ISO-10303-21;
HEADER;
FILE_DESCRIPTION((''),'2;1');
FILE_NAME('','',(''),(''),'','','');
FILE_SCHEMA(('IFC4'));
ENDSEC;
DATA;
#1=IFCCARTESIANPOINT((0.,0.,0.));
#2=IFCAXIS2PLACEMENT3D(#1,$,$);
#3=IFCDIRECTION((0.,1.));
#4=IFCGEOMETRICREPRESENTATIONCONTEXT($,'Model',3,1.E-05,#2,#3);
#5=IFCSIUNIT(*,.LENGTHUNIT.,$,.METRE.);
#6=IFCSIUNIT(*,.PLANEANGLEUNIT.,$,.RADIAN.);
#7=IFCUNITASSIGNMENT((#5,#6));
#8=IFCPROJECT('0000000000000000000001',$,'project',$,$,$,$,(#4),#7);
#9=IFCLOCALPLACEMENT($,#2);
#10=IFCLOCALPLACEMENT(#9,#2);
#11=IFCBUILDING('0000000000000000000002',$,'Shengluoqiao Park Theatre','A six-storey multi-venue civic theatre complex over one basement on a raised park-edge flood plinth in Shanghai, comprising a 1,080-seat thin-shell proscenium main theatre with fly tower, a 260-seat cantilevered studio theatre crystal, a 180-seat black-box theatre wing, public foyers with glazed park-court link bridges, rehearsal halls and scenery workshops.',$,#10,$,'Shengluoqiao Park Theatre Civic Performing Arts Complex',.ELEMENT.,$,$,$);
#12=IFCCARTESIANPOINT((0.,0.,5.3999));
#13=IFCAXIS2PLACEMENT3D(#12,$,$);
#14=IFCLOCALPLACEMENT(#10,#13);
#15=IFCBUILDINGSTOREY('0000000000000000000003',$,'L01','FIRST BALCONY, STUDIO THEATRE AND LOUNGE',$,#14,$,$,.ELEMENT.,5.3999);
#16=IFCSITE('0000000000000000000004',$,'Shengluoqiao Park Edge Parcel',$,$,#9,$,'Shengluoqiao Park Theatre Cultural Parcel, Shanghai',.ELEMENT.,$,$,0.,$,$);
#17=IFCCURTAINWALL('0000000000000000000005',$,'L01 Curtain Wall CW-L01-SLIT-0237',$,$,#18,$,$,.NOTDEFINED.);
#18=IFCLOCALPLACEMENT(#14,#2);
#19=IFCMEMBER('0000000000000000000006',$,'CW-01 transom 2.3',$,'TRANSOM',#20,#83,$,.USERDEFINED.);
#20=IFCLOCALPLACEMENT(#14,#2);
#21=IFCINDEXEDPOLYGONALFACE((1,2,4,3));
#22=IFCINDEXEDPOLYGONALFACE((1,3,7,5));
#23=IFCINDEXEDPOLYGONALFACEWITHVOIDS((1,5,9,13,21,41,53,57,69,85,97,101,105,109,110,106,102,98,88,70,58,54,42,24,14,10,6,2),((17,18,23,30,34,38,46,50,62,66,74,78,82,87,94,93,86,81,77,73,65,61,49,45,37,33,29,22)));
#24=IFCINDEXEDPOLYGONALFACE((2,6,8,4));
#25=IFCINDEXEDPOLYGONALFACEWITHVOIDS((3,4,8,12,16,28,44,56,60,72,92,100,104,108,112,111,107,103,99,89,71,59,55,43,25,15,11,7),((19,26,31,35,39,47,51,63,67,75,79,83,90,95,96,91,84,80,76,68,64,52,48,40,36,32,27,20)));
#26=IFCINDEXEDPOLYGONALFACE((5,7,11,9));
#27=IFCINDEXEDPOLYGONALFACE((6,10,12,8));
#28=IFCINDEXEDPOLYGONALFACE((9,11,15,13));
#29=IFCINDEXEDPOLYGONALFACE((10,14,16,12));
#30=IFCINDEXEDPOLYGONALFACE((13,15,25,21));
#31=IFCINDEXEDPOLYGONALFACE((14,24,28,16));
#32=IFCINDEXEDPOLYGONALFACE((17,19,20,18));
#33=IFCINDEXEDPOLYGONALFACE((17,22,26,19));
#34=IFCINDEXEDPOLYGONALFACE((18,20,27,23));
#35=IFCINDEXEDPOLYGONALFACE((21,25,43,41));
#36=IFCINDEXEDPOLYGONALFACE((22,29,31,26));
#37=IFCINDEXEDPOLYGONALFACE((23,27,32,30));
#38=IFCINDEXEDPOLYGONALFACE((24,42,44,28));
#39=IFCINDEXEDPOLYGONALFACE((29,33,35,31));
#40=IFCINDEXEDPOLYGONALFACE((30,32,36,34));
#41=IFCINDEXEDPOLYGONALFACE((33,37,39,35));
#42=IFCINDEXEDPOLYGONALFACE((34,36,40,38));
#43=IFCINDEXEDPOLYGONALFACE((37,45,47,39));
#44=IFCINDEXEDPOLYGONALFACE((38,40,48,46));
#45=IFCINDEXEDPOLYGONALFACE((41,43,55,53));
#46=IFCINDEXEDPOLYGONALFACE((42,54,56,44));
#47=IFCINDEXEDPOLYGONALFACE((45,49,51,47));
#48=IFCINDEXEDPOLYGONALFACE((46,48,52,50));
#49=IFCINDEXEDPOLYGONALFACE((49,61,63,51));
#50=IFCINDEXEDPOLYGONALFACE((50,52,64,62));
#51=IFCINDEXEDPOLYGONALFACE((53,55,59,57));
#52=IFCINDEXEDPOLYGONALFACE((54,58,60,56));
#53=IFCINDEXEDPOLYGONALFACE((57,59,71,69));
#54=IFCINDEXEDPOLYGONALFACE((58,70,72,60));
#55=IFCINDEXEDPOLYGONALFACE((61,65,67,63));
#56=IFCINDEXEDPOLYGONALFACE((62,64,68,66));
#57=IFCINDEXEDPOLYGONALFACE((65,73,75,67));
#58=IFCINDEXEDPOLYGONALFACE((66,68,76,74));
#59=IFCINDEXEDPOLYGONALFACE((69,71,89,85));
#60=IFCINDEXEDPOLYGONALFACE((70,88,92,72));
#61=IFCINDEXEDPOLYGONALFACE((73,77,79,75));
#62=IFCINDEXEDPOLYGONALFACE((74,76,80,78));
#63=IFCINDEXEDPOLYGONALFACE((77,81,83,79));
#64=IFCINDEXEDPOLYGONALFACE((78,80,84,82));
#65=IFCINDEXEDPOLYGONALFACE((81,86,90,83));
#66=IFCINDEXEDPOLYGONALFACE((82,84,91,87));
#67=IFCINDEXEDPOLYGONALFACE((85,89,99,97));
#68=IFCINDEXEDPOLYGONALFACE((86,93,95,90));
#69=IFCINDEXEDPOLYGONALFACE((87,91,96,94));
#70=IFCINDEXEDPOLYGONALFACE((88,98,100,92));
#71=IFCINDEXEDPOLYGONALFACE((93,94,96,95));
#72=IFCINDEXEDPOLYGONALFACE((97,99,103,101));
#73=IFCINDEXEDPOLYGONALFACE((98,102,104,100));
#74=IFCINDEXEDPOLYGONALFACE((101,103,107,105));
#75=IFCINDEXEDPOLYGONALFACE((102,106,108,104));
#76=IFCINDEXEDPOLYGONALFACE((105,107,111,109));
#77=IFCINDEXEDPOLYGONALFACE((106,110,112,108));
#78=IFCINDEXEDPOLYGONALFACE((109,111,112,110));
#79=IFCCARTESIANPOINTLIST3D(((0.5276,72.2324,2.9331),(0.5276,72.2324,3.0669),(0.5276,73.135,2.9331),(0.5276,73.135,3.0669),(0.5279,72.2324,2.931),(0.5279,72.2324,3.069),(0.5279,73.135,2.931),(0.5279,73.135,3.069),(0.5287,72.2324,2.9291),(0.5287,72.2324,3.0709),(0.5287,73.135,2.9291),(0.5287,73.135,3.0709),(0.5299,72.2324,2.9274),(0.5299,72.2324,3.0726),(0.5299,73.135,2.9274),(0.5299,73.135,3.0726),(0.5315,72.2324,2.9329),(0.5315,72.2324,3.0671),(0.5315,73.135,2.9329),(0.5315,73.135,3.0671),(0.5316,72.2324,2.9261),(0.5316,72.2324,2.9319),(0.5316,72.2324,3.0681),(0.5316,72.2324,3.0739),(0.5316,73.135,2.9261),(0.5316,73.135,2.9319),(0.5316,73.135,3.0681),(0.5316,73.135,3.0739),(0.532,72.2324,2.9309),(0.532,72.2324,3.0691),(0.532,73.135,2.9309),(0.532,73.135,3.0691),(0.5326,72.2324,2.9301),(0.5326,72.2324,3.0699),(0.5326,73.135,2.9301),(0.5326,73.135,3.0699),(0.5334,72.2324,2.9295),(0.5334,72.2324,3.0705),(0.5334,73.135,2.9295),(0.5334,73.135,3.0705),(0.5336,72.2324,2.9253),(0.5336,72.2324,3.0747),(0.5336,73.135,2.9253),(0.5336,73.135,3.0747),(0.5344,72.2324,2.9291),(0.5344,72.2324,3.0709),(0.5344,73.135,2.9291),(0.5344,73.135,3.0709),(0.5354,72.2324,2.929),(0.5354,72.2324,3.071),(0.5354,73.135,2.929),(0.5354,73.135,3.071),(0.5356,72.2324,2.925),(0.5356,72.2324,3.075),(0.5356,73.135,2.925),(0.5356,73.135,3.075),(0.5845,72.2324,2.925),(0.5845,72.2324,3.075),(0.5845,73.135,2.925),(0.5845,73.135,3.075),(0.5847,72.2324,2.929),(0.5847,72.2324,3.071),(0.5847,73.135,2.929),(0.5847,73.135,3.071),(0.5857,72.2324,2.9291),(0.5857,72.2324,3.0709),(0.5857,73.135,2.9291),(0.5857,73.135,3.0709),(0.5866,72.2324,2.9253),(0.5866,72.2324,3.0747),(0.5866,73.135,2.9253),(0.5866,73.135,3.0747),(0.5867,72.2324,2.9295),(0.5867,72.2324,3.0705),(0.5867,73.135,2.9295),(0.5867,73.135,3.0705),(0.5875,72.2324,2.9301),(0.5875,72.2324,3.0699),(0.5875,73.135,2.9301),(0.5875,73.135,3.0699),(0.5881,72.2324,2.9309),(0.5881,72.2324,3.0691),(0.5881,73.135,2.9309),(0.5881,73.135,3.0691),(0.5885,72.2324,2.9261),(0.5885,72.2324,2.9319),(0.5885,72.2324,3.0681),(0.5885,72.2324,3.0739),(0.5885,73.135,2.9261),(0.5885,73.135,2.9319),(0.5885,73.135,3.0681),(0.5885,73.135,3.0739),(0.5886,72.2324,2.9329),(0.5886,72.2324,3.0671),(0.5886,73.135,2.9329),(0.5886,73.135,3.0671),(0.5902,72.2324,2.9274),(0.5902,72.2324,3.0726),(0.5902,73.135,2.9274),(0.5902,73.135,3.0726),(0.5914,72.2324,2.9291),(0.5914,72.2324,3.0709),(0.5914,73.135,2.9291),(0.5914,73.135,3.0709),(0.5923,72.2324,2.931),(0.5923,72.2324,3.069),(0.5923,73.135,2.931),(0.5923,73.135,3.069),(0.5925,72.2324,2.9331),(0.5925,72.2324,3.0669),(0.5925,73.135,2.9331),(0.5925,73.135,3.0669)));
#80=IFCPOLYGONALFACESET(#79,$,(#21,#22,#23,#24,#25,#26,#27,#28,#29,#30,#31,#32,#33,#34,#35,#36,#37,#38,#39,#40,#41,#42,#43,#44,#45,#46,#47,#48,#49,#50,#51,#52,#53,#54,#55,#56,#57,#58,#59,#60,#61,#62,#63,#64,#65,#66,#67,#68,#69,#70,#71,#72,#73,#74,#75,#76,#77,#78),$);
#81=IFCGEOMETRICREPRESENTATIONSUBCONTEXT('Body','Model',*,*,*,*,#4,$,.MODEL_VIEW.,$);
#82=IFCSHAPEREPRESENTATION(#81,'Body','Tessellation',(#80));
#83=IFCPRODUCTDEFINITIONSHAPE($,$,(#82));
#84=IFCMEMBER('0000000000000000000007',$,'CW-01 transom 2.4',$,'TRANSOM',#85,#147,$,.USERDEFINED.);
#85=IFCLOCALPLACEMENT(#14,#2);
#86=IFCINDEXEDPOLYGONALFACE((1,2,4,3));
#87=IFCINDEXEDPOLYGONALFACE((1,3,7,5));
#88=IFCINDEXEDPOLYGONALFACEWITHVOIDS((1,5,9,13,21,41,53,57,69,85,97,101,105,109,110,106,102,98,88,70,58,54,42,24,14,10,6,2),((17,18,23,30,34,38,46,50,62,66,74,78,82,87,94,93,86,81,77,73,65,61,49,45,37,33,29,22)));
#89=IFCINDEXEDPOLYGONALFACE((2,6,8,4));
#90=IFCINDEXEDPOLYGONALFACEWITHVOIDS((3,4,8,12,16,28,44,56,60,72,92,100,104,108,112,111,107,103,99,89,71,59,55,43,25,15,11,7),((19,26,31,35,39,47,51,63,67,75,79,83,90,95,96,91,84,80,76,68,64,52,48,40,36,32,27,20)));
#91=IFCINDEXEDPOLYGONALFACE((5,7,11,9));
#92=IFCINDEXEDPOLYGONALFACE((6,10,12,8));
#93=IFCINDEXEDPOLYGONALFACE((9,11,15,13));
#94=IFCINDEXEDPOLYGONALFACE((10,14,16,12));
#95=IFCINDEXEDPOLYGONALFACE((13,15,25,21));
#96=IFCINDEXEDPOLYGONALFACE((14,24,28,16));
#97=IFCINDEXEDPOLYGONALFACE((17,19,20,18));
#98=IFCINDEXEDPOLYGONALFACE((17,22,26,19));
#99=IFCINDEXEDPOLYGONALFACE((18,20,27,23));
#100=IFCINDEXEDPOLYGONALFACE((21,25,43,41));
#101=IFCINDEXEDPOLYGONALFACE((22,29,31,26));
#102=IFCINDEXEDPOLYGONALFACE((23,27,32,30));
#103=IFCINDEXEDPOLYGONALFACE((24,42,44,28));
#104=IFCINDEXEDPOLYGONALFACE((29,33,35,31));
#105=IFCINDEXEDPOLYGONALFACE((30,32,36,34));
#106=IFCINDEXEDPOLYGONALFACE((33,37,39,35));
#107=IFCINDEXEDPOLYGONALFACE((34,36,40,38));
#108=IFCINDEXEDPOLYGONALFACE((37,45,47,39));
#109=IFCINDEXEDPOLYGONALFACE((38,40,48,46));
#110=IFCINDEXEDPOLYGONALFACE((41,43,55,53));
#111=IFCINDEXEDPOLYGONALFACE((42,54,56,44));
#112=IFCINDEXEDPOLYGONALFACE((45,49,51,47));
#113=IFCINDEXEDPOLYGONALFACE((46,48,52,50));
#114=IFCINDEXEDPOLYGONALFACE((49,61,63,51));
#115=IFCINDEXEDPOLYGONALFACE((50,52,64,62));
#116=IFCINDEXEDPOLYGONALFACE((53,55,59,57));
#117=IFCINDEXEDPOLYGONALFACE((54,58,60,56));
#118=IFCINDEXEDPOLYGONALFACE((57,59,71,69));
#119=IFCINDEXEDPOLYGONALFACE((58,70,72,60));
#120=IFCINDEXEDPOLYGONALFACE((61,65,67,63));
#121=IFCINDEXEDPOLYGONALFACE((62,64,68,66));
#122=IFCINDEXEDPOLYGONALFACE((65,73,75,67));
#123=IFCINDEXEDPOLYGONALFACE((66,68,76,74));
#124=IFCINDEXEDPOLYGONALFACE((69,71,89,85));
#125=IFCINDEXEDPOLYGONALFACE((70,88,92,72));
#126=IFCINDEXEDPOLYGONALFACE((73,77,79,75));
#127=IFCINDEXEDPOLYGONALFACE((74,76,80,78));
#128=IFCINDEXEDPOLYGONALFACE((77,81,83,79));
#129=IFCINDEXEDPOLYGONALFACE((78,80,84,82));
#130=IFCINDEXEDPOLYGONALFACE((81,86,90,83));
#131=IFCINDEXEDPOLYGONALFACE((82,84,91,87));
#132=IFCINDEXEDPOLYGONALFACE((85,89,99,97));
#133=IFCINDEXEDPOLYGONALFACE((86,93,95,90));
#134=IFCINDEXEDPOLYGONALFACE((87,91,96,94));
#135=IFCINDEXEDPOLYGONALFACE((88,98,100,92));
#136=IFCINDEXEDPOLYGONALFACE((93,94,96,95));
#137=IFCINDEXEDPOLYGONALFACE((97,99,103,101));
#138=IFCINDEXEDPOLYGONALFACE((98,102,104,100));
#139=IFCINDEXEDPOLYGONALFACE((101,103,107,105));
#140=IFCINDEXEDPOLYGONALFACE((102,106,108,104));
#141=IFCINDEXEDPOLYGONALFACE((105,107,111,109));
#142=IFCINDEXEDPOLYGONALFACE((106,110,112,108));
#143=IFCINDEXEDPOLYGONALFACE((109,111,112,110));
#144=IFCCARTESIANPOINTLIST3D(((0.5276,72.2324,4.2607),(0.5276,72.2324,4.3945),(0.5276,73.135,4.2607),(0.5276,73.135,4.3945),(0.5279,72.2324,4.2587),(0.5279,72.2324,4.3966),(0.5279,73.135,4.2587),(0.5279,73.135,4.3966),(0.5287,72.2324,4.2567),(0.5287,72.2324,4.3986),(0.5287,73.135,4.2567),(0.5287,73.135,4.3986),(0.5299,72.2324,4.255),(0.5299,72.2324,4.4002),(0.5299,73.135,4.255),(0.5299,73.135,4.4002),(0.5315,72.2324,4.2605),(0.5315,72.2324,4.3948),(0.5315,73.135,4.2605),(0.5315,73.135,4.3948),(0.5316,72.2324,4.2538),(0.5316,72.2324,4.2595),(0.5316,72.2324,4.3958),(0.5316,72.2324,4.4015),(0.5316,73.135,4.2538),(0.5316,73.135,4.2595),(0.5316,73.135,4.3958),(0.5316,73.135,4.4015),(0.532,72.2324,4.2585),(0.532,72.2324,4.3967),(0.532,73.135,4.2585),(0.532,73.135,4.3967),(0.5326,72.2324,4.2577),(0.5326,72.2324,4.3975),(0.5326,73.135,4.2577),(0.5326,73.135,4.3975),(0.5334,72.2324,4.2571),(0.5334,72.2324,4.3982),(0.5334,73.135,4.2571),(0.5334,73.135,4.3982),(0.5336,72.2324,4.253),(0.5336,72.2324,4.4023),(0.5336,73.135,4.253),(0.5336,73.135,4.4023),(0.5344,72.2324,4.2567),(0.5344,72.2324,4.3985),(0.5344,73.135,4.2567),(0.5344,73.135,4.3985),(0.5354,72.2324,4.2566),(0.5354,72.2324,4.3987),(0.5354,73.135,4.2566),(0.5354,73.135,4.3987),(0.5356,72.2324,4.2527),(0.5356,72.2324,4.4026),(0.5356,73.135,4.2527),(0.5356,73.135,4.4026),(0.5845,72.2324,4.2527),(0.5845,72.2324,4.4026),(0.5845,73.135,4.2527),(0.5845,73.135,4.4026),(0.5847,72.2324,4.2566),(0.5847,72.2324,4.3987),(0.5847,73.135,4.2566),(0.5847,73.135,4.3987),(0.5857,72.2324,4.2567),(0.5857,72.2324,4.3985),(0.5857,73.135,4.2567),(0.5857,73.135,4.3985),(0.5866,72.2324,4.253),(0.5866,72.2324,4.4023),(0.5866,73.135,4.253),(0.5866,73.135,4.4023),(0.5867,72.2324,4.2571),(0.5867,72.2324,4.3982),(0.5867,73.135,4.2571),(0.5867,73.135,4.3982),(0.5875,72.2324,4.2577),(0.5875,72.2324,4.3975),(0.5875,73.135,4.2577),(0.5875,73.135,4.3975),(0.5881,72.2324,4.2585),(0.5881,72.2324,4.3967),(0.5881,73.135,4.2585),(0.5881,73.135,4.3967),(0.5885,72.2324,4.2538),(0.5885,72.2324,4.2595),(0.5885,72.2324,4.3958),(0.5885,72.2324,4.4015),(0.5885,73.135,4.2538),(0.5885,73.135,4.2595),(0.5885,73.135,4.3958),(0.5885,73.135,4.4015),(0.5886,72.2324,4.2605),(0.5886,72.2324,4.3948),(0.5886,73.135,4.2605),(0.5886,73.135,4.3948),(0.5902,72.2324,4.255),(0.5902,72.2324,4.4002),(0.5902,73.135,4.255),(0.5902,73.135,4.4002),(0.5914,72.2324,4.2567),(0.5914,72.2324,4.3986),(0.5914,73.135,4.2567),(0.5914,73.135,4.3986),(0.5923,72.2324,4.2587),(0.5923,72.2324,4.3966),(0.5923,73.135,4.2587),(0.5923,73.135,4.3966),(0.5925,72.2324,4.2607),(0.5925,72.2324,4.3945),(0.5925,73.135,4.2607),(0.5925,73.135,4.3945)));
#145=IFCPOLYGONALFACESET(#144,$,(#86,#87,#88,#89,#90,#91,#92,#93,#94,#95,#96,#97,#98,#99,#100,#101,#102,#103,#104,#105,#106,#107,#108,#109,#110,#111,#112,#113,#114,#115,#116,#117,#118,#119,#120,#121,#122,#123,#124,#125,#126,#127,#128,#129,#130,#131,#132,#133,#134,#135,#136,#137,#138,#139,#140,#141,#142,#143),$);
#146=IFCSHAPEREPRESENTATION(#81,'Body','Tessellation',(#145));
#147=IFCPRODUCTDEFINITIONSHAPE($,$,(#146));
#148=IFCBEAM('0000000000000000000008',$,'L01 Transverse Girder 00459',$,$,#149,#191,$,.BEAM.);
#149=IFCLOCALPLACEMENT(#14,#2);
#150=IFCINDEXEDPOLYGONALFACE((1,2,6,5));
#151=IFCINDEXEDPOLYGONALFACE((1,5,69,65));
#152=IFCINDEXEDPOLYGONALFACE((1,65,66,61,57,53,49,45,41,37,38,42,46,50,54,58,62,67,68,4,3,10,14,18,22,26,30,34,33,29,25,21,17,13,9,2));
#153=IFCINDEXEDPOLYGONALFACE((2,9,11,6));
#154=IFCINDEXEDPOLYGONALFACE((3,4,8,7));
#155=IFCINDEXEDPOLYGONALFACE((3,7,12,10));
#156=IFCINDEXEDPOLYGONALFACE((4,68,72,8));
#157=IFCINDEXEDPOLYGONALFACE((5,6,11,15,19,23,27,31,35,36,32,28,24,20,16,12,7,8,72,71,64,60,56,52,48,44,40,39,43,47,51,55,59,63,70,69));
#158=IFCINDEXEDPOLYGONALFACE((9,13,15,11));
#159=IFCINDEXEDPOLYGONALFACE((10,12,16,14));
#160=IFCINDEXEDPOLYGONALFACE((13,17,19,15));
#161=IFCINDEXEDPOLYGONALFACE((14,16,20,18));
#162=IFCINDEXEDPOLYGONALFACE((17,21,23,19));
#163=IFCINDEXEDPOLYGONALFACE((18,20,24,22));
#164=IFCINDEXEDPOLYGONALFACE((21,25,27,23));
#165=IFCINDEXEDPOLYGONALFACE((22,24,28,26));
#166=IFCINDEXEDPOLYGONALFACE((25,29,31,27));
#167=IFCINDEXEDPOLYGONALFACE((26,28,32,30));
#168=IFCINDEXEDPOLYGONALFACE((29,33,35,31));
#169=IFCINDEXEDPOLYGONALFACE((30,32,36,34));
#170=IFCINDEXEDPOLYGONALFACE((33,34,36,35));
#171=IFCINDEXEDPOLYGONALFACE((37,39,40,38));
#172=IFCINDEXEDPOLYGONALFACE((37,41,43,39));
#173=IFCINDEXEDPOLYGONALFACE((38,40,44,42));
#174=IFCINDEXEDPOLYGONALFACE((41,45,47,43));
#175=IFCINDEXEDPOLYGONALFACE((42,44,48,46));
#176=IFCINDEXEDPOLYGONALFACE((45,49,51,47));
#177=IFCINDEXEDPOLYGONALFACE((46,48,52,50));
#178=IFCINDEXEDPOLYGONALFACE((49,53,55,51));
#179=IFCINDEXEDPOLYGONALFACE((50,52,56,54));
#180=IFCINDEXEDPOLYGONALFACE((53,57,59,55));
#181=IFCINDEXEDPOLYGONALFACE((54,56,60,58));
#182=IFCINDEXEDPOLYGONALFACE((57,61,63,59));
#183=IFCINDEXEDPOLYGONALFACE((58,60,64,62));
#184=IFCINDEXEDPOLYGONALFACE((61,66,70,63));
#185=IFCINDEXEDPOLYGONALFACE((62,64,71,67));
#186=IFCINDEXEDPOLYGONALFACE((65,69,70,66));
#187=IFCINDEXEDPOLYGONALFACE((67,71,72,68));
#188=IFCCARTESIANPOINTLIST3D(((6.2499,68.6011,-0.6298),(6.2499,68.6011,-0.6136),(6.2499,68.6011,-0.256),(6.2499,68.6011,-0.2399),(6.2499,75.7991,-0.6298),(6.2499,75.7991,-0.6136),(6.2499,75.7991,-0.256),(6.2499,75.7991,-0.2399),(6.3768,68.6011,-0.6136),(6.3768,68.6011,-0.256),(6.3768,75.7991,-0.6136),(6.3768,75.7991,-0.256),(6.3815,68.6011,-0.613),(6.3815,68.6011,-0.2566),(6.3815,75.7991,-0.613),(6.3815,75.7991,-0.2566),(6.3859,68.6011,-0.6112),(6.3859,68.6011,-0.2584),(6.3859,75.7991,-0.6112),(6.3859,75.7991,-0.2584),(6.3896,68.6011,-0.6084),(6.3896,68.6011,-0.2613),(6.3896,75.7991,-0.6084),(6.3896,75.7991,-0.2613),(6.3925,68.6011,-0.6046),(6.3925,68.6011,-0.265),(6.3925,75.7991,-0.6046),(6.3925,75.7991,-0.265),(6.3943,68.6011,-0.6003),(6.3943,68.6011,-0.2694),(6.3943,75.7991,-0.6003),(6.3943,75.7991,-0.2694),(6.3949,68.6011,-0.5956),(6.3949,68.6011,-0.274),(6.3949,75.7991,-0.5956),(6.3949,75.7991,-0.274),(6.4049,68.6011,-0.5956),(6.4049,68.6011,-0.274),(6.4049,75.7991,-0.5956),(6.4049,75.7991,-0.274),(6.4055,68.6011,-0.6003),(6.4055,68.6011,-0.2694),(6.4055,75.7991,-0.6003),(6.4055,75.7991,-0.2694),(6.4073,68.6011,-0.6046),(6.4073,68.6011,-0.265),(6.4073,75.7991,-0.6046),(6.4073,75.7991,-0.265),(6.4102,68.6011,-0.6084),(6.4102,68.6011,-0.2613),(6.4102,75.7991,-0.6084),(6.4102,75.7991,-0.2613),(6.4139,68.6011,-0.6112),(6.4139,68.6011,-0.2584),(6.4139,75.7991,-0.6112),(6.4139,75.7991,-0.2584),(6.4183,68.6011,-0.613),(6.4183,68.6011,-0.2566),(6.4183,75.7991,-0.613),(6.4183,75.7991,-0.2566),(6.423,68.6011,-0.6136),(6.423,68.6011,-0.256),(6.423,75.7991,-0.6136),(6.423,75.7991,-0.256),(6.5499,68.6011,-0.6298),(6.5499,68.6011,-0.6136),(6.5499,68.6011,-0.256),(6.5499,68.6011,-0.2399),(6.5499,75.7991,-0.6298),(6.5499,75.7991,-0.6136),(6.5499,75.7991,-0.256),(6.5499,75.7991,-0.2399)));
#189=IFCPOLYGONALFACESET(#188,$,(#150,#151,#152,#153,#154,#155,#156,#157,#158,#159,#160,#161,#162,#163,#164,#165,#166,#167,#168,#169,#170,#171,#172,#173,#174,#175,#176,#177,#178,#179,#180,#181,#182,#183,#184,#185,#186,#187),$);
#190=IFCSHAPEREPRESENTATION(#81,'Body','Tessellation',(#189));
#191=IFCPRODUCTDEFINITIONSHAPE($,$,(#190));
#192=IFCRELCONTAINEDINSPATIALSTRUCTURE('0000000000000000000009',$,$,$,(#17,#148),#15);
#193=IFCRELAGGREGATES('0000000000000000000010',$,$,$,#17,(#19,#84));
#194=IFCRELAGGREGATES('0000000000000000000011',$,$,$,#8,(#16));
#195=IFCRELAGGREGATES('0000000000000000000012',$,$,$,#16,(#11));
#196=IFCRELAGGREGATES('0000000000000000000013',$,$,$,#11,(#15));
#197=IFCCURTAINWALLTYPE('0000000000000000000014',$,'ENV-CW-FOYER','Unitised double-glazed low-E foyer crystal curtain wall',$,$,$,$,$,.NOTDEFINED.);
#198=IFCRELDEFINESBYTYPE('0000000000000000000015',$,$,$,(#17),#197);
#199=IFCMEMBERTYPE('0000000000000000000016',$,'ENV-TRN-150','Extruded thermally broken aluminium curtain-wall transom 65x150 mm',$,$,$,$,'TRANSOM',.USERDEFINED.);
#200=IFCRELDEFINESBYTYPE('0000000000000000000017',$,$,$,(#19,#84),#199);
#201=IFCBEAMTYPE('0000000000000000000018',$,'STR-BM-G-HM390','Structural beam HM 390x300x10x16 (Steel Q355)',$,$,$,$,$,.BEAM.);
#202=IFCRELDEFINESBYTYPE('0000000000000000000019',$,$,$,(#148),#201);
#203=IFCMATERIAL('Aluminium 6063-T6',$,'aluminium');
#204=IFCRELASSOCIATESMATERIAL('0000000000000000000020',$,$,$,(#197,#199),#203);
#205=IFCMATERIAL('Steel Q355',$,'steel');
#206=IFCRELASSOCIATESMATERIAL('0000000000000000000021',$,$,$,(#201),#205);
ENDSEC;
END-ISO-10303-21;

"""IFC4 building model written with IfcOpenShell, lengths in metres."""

from ifc_helpers import new_model, si_unit, direction, frame, origin, origin_2d, place, context, subcontext, project, spatial, hollow_rectangle, i_section, extrude, material, material_profile, profile_set, type_object, element, aggregate, save


model = new_model("IFC4")

# Units and contexts
model_context = context("Model", 3, precision=1e-05, world=origin(), true_north=direction((0.0, 1.0)))
body_context = subcontext(model_context, "Body", "Model", "MODEL_VIEW")
ifc_project = project(units=[si_unit("LENGTHUNIT", "METRE"), si_unit("PLANEANGLEUNIT", "RADIAN")], contexts=[model_context])

# Site, building, storey
site_placement = place(None, origin())
site = spatial("IfcSite", under=ifc_project, at=site_placement, Name="Shengluoqiao Park Edge Parcel", LongName="Shengluoqiao Park Theatre Cultural Parcel, Shanghai", CompositionType="ELEMENT", RefElevation=0.0)
building_placement = place(site_placement, origin())
building = spatial("IfcBuilding", under=site, at=building_placement, Name="Shengluoqiao Park Theatre", Description="A six-storey multi-venue civic theatre complex over one basement on a raised park-edge flood plinth in Shanghai, comprising a 1,080-seat thin-shell proscenium main theatre with fly tower, a 260-seat cantilevered studio theatre crystal, a 180-seat black-box theatre wing, public foyers with glazed park-court link bridges, rehearsal halls and scenery workshops.", LongName="Shengluoqiao Park Theatre Civic Performing Arts Complex", CompositionType="ELEMENT")
storey_placement = place(building_placement, frame((0.0, 0.0, 5.3999)))
storey = spatial("IfcBuildingStorey", under=building, at=storey_placement, Name="L01", Description="FIRST BALCONY, STUDIO THEATRE AND LOUNGE", CompositionType="ELEMENT", Elevation=5.3999)

# Shared definitions
ifc_material_1 = material(Name="Steel Q355", Category="steel")

# Curtain wall, members
ifc_material_2 = material(Name="Aluminium 6063-T6", Category="aluminium")
curtain_wall_type = type_object("IfcCurtainWallType", Name="ENV-CW-FOYER", Description="Unitised double-glazed low-E foyer crystal curtain wall", PredefinedType="NOTDEFINED", material=ifc_material_2)
curtain_wall_placement = place(storey_placement, origin())
curtain_wall = element("IfcCurtainWall", 1, at=curtain_wall_placement, inside=storey, type_object=curtain_wall_type, Name="L01 Curtain Wall CW-L01-SLIT-0237", PredefinedType="NOTDEFINED")
ifc_material_profile_1 = material_profile(ifc_material_2, hollow_rectangle(XDim=0.0649, YDim=0.1499, WallThickness=0.0039, InnerFilletRadius=0.0039, OuterFilletRadius=0.0081, at=origin_2d()), Name="ALU TRANSOM 150x65x4")
ifc_profile_set_1 = profile_set([ifc_material_profile_1], Name="Aluminium 6063-T6")
member_type_1 = type_object("IfcMemberType", Name="ENV-TRN-150", Description="Extruded thermally broken aluminium curtain-wall transom 65x150 mm", ElementType="TRANSOM", PredefinedType="USERDEFINED", material=ifc_profile_set_1)
member_1_placement = place(storey_placement, frame((0.5601, 72.2324, 3.0), z_axis=(0.0, 1.0, 0.0), x_axis=(-1.0, 0.0, 0.0)))
member_1 = element("IfcMember", 2, at=member_1_placement, type_object=member_type_1, Name="CW-01 transom 2.3", ObjectType="TRANSOM", PredefinedType="USERDEFINED", context=body_context, shape_type="SweptSolid", body=[
    extrude(hollow_rectangle(XDim=0.0649, YDim=0.1499, WallThickness=0.0039, InnerFilletRadius=0.0039, OuterFilletRadius=0.0081, at=origin_2d()), origin(), (0.0, 0.0, 1.0), 0.9026),
])
member_2_placement = place(storey_placement, frame((0.5601, 72.2324, 4.3276), z_axis=(0.0, 1.0, 0.0), x_axis=(-1.0, 0.0, 0.0)))
member_2 = element("IfcMember", 3, at=member_2_placement, type_object=member_type_1, Name="CW-01 transom 2.4", ObjectType="TRANSOM", PredefinedType="USERDEFINED", context=body_context, shape_type="SweptSolid", body=[
    extrude(hollow_rectangle(XDim=0.0649, YDim=0.1499, WallThickness=0.0039, InnerFilletRadius=0.0039, OuterFilletRadius=0.0081, at=origin_2d()), origin(), (0.0, 0.0, 1.0), 0.9026),
])

# Beam
ifc_material_profile_2 = material_profile(ifc_material_1, i_section(OverallWidth=0.3, OverallDepth=0.3899, WebThickness=0.01, FlangeThickness=0.0161, FilletRadius=0.0181, at=origin_2d()), Name="HM 390x300x10x16")
ifc_profile_set_2 = profile_set([ifc_material_profile_2], Name="Steel Q355")
beam_type_1 = type_object("IfcBeamType", Name="STR-BM-G-HM390", Description="Structural beam HM 390x300x10x16 (Steel Q355)", PredefinedType="BEAM", material=ifc_profile_set_2)
beam_1_placement = place(storey_placement, frame((6.3999, 68.6011, -0.4348), z_axis=(0.0, 1.0, 0.0), x_axis=(-1.0, 0.0, 0.0)))
element("IfcBeam", 4, at=beam_1_placement, inside=storey, type_object=beam_type_1, Name="L01 Transverse Girder 00459", PredefinedType="BEAM", context=body_context, shape_type="SweptSolid", body=[
    extrude(i_section(OverallWidth=0.3, OverallDepth=0.3899, WebThickness=0.01, FlangeThickness=0.0161, FilletRadius=0.0181, at=origin_2d()), origin(), (0.0, 0.0, 1.0), 7.198),
])

aggregate(curtain_wall, [member_1, member_2])

save(model, "model.ifc")
